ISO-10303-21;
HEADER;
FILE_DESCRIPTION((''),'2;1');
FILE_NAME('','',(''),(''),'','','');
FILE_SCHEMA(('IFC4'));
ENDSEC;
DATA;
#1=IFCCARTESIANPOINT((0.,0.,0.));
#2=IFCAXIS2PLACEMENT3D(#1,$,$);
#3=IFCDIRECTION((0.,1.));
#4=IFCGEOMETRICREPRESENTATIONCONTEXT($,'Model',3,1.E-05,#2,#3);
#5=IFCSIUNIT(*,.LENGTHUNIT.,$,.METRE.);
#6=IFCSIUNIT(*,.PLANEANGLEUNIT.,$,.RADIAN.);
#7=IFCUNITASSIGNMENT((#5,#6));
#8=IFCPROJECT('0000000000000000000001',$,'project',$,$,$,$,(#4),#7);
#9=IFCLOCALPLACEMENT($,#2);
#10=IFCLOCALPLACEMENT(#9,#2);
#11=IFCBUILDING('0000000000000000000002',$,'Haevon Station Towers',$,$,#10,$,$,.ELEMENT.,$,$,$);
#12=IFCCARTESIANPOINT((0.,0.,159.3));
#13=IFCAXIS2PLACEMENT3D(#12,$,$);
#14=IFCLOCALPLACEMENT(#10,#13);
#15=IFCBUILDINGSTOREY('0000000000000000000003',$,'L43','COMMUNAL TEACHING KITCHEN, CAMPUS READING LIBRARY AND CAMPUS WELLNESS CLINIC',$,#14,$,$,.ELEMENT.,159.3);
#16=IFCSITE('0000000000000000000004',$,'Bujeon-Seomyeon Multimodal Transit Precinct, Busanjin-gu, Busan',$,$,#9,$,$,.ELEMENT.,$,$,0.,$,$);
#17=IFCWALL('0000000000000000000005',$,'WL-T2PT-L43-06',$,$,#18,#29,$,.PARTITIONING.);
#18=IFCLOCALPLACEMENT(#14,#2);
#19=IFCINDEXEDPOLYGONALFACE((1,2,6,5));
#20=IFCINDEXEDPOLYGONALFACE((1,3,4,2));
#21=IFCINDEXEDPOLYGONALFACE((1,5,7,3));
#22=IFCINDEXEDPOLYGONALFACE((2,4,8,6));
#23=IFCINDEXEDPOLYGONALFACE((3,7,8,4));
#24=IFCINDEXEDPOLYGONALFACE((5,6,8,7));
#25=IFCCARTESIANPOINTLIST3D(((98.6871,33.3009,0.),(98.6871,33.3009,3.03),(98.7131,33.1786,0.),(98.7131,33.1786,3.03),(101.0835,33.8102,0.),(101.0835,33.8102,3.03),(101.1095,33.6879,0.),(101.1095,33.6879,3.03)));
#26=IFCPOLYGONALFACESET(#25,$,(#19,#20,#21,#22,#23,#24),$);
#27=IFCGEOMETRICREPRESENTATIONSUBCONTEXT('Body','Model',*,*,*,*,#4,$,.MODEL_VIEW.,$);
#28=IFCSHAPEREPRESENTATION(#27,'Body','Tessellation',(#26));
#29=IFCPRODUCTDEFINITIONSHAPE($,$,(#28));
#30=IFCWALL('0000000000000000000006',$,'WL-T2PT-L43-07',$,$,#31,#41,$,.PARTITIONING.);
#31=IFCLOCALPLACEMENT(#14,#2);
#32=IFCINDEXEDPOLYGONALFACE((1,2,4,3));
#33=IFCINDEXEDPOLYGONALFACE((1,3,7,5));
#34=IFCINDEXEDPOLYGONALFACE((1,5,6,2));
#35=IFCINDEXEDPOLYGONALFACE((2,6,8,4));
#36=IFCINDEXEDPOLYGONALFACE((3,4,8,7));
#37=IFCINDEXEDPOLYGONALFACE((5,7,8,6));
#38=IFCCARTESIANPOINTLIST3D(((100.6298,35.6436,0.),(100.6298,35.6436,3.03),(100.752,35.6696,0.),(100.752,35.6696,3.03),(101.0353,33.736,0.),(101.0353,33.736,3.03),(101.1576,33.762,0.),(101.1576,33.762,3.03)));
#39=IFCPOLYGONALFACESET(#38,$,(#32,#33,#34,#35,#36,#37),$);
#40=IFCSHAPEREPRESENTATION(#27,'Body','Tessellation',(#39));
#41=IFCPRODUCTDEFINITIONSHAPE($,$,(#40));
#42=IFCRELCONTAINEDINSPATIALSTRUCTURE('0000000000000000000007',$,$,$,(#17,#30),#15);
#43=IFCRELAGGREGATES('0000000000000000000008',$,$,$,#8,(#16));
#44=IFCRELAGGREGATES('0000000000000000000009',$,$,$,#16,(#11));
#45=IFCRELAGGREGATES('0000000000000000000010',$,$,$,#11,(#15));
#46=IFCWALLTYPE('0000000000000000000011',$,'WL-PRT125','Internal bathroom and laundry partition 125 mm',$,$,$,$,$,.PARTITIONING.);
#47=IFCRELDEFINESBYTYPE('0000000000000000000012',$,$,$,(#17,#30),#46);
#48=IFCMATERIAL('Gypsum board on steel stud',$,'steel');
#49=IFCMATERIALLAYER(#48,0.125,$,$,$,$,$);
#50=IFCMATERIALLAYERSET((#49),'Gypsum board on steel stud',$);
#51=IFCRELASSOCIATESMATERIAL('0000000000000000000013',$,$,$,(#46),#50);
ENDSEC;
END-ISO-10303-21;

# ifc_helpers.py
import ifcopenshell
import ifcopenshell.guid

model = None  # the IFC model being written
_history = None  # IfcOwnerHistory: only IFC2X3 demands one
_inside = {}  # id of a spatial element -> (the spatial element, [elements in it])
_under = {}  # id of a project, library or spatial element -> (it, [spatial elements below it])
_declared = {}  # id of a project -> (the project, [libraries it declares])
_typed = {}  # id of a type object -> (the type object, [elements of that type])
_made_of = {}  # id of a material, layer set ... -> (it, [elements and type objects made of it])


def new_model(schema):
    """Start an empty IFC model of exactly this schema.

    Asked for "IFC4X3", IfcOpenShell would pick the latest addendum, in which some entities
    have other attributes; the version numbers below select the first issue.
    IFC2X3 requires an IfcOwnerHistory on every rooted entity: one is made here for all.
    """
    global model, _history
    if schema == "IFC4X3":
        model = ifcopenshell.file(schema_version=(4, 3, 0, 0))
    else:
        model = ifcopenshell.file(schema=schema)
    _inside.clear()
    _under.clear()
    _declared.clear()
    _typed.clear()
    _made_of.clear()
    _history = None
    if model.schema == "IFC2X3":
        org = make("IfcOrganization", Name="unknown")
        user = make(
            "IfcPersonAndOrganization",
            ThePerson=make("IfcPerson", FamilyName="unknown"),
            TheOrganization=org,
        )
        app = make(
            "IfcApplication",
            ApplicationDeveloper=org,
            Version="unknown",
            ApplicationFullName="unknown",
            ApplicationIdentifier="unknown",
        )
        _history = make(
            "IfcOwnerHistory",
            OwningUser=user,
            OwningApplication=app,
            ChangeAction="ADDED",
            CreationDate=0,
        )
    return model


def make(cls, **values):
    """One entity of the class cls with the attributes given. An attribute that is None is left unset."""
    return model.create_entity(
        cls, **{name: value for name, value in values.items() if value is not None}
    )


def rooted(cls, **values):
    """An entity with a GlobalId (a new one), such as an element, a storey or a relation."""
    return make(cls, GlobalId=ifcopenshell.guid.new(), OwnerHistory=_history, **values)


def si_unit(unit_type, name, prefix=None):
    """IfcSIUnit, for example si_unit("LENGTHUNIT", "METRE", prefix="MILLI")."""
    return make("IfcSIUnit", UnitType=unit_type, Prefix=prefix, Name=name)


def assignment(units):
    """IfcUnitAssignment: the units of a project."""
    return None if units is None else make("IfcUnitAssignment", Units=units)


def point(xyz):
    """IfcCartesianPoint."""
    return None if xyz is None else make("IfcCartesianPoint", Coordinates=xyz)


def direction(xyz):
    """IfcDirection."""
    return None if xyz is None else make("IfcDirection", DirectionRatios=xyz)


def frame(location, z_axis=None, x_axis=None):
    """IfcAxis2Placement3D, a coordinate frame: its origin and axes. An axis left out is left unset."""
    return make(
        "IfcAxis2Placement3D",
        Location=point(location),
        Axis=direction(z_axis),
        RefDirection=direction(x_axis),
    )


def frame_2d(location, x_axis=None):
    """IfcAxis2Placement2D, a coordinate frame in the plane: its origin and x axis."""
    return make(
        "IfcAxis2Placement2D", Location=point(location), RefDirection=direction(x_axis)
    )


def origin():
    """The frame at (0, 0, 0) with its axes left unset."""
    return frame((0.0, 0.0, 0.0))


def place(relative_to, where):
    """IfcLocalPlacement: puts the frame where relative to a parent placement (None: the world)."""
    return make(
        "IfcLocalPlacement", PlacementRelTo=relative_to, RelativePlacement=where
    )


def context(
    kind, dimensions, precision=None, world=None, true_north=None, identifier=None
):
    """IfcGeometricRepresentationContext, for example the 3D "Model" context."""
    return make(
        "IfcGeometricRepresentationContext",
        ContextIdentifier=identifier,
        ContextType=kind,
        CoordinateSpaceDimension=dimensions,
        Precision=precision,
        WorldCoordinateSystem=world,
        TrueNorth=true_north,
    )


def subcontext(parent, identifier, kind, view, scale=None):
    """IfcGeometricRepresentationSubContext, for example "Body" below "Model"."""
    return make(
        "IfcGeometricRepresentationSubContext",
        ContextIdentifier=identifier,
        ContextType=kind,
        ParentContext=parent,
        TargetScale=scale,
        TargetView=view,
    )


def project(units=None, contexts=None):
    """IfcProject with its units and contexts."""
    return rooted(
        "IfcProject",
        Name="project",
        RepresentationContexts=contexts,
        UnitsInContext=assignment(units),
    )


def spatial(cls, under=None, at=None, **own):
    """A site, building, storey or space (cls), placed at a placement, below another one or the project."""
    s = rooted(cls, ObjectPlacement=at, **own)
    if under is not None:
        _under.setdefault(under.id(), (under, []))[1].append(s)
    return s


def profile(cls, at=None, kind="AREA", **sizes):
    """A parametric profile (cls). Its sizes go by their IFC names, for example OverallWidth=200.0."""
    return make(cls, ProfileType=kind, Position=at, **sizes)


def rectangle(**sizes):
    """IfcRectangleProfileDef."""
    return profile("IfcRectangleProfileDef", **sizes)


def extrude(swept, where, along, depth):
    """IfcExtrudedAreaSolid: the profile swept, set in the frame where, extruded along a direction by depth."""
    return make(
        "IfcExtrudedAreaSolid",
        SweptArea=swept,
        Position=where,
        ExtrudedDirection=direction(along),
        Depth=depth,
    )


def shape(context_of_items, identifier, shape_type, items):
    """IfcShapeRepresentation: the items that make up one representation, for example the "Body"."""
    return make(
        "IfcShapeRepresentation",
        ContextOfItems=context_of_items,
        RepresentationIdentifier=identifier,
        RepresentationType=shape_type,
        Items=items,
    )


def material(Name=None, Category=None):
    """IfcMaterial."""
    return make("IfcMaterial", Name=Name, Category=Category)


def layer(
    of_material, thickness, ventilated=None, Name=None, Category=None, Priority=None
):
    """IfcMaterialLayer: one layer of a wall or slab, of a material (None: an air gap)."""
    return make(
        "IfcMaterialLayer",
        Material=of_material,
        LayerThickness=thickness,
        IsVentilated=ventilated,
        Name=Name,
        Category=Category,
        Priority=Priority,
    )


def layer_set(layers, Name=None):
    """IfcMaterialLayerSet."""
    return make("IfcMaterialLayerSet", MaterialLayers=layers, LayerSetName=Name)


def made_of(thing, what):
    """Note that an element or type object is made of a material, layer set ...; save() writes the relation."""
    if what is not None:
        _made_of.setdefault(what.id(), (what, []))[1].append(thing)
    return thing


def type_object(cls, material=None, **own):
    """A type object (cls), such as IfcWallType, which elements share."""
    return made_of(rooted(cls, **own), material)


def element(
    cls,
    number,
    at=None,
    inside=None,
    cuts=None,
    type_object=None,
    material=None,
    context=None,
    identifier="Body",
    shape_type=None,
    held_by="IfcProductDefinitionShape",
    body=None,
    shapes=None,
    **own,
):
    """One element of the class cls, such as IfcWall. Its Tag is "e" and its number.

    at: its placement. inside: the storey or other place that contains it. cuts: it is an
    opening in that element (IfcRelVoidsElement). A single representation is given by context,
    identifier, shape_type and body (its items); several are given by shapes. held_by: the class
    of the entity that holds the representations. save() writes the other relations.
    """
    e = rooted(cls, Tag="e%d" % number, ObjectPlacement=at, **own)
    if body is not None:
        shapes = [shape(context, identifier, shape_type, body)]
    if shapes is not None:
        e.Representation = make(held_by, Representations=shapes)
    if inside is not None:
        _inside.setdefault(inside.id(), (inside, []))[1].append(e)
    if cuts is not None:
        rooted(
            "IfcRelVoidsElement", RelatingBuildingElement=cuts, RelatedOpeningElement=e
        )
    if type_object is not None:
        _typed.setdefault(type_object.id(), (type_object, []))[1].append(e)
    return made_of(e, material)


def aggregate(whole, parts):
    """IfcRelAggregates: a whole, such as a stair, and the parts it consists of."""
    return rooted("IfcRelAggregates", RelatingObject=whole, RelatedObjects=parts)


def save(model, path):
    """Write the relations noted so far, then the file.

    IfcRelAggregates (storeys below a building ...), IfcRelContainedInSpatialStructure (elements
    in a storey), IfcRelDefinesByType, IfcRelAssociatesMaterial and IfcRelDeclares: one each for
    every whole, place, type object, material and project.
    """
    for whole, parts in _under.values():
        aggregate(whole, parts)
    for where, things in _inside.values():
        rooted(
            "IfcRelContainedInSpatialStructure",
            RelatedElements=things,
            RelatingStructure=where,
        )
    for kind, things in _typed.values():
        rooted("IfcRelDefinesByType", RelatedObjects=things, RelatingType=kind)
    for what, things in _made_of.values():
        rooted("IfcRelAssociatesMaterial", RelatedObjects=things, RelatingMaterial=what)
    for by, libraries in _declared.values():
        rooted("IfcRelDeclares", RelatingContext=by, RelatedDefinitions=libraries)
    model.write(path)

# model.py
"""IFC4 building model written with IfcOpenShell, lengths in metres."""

from ifc_helpers import new_model, si_unit, direction, frame, frame_2d, origin, place, context, subcontext, project, spatial, rectangle, extrude, material, layer, layer_set, type_object, element, save


model = new_model("IFC4")

# Units and contexts
model_context = context("Model", 3, precision=1e-05, world=origin(), true_north=direction((0.0, 1.0)))
body_context = subcontext(model_context, "Body", "Model", "MODEL_VIEW")
ifc_project = project(units=[si_unit("LENGTHUNIT", "METRE"), si_unit("PLANEANGLEUNIT", "RADIAN")], contexts=[model_context])

# Site, building, storey
site_placement = place(None, origin())
site = spatial("IfcSite", under=ifc_project, at=site_placement, Name="Bujeon-Seomyeon Multimodal Transit Precinct, Busanjin-gu, Busan", CompositionType="ELEMENT", RefElevation=0.0)
building_placement = place(site_placement, origin())
building = spatial("IfcBuilding", under=site, at=building_placement, Name="Haevon Station Towers", CompositionType="ELEMENT")
storey_placement = place(building_placement, frame((0.0, 0.0, 159.3)))
storey = spatial("IfcBuildingStorey", under=building, at=storey_placement, Name="L43", Description="COMMUNAL TEACHING KITCHEN, CAMPUS READING LIBRARY AND CAMPUS WELLNESS CLINIC", CompositionType="ELEMENT", Elevation=159.3)

# Shared definitions
ifc_material_1 = material(Name="Gypsum board on steel stud", Category="steel")

# Walls
ifc_layer_1 = layer(ifc_material_1, 0.125)
ifc_layer_set_1 = layer_set([ifc_layer_1], Name="Gypsum board on steel stud")
wall_type_1 = type_object("IfcWallType", Name="WL-PRT125", Description="Internal bathroom and laundry partition 125 mm", PredefinedType="PARTITIONING", material=ifc_layer_set_1)
wall_1_placement = place(storey_placement, frame((98.7, 33.2397, 0.0), z_axis=(0.0, 0.0, 1.0), x_axis=(0.978157, 0.207868, 0.0)))
element("IfcWall", 1, at=wall_1_placement, inside=storey, type_object=wall_type_1, Name="WL-T2PT-L43-06", PredefinedType="PARTITIONING", context=body_context, shape_type="SweptSolid", body=[
    extrude(rectangle(XDim=2.45, YDim=0.125, at=frame_2d((1.2251, 0.0))), origin(), (0.0, 0.0, 1.0), 3.03),
])
wall_2_placement = place(storey_placement, frame((101.0964, 33.749, 0.0), z_axis=(0.0, 0.0, 1.0), x_axis=(-0.207947, 0.97814, 0.0)))
element("IfcWall", 2, at=wall_2_placement, inside=storey, type_object=wall_type_1, Name="WL-T2PT-L43-07", PredefinedType="PARTITIONING", context=body_context, shape_type="SweptSolid", body=[
    extrude(rectangle(XDim=1.9502, YDim=0.125, at=frame_2d((0.9751, 0.0))), origin(), (0.0, 0.0, 1.0), 3.03),
])

save(model, "model.ifc")
